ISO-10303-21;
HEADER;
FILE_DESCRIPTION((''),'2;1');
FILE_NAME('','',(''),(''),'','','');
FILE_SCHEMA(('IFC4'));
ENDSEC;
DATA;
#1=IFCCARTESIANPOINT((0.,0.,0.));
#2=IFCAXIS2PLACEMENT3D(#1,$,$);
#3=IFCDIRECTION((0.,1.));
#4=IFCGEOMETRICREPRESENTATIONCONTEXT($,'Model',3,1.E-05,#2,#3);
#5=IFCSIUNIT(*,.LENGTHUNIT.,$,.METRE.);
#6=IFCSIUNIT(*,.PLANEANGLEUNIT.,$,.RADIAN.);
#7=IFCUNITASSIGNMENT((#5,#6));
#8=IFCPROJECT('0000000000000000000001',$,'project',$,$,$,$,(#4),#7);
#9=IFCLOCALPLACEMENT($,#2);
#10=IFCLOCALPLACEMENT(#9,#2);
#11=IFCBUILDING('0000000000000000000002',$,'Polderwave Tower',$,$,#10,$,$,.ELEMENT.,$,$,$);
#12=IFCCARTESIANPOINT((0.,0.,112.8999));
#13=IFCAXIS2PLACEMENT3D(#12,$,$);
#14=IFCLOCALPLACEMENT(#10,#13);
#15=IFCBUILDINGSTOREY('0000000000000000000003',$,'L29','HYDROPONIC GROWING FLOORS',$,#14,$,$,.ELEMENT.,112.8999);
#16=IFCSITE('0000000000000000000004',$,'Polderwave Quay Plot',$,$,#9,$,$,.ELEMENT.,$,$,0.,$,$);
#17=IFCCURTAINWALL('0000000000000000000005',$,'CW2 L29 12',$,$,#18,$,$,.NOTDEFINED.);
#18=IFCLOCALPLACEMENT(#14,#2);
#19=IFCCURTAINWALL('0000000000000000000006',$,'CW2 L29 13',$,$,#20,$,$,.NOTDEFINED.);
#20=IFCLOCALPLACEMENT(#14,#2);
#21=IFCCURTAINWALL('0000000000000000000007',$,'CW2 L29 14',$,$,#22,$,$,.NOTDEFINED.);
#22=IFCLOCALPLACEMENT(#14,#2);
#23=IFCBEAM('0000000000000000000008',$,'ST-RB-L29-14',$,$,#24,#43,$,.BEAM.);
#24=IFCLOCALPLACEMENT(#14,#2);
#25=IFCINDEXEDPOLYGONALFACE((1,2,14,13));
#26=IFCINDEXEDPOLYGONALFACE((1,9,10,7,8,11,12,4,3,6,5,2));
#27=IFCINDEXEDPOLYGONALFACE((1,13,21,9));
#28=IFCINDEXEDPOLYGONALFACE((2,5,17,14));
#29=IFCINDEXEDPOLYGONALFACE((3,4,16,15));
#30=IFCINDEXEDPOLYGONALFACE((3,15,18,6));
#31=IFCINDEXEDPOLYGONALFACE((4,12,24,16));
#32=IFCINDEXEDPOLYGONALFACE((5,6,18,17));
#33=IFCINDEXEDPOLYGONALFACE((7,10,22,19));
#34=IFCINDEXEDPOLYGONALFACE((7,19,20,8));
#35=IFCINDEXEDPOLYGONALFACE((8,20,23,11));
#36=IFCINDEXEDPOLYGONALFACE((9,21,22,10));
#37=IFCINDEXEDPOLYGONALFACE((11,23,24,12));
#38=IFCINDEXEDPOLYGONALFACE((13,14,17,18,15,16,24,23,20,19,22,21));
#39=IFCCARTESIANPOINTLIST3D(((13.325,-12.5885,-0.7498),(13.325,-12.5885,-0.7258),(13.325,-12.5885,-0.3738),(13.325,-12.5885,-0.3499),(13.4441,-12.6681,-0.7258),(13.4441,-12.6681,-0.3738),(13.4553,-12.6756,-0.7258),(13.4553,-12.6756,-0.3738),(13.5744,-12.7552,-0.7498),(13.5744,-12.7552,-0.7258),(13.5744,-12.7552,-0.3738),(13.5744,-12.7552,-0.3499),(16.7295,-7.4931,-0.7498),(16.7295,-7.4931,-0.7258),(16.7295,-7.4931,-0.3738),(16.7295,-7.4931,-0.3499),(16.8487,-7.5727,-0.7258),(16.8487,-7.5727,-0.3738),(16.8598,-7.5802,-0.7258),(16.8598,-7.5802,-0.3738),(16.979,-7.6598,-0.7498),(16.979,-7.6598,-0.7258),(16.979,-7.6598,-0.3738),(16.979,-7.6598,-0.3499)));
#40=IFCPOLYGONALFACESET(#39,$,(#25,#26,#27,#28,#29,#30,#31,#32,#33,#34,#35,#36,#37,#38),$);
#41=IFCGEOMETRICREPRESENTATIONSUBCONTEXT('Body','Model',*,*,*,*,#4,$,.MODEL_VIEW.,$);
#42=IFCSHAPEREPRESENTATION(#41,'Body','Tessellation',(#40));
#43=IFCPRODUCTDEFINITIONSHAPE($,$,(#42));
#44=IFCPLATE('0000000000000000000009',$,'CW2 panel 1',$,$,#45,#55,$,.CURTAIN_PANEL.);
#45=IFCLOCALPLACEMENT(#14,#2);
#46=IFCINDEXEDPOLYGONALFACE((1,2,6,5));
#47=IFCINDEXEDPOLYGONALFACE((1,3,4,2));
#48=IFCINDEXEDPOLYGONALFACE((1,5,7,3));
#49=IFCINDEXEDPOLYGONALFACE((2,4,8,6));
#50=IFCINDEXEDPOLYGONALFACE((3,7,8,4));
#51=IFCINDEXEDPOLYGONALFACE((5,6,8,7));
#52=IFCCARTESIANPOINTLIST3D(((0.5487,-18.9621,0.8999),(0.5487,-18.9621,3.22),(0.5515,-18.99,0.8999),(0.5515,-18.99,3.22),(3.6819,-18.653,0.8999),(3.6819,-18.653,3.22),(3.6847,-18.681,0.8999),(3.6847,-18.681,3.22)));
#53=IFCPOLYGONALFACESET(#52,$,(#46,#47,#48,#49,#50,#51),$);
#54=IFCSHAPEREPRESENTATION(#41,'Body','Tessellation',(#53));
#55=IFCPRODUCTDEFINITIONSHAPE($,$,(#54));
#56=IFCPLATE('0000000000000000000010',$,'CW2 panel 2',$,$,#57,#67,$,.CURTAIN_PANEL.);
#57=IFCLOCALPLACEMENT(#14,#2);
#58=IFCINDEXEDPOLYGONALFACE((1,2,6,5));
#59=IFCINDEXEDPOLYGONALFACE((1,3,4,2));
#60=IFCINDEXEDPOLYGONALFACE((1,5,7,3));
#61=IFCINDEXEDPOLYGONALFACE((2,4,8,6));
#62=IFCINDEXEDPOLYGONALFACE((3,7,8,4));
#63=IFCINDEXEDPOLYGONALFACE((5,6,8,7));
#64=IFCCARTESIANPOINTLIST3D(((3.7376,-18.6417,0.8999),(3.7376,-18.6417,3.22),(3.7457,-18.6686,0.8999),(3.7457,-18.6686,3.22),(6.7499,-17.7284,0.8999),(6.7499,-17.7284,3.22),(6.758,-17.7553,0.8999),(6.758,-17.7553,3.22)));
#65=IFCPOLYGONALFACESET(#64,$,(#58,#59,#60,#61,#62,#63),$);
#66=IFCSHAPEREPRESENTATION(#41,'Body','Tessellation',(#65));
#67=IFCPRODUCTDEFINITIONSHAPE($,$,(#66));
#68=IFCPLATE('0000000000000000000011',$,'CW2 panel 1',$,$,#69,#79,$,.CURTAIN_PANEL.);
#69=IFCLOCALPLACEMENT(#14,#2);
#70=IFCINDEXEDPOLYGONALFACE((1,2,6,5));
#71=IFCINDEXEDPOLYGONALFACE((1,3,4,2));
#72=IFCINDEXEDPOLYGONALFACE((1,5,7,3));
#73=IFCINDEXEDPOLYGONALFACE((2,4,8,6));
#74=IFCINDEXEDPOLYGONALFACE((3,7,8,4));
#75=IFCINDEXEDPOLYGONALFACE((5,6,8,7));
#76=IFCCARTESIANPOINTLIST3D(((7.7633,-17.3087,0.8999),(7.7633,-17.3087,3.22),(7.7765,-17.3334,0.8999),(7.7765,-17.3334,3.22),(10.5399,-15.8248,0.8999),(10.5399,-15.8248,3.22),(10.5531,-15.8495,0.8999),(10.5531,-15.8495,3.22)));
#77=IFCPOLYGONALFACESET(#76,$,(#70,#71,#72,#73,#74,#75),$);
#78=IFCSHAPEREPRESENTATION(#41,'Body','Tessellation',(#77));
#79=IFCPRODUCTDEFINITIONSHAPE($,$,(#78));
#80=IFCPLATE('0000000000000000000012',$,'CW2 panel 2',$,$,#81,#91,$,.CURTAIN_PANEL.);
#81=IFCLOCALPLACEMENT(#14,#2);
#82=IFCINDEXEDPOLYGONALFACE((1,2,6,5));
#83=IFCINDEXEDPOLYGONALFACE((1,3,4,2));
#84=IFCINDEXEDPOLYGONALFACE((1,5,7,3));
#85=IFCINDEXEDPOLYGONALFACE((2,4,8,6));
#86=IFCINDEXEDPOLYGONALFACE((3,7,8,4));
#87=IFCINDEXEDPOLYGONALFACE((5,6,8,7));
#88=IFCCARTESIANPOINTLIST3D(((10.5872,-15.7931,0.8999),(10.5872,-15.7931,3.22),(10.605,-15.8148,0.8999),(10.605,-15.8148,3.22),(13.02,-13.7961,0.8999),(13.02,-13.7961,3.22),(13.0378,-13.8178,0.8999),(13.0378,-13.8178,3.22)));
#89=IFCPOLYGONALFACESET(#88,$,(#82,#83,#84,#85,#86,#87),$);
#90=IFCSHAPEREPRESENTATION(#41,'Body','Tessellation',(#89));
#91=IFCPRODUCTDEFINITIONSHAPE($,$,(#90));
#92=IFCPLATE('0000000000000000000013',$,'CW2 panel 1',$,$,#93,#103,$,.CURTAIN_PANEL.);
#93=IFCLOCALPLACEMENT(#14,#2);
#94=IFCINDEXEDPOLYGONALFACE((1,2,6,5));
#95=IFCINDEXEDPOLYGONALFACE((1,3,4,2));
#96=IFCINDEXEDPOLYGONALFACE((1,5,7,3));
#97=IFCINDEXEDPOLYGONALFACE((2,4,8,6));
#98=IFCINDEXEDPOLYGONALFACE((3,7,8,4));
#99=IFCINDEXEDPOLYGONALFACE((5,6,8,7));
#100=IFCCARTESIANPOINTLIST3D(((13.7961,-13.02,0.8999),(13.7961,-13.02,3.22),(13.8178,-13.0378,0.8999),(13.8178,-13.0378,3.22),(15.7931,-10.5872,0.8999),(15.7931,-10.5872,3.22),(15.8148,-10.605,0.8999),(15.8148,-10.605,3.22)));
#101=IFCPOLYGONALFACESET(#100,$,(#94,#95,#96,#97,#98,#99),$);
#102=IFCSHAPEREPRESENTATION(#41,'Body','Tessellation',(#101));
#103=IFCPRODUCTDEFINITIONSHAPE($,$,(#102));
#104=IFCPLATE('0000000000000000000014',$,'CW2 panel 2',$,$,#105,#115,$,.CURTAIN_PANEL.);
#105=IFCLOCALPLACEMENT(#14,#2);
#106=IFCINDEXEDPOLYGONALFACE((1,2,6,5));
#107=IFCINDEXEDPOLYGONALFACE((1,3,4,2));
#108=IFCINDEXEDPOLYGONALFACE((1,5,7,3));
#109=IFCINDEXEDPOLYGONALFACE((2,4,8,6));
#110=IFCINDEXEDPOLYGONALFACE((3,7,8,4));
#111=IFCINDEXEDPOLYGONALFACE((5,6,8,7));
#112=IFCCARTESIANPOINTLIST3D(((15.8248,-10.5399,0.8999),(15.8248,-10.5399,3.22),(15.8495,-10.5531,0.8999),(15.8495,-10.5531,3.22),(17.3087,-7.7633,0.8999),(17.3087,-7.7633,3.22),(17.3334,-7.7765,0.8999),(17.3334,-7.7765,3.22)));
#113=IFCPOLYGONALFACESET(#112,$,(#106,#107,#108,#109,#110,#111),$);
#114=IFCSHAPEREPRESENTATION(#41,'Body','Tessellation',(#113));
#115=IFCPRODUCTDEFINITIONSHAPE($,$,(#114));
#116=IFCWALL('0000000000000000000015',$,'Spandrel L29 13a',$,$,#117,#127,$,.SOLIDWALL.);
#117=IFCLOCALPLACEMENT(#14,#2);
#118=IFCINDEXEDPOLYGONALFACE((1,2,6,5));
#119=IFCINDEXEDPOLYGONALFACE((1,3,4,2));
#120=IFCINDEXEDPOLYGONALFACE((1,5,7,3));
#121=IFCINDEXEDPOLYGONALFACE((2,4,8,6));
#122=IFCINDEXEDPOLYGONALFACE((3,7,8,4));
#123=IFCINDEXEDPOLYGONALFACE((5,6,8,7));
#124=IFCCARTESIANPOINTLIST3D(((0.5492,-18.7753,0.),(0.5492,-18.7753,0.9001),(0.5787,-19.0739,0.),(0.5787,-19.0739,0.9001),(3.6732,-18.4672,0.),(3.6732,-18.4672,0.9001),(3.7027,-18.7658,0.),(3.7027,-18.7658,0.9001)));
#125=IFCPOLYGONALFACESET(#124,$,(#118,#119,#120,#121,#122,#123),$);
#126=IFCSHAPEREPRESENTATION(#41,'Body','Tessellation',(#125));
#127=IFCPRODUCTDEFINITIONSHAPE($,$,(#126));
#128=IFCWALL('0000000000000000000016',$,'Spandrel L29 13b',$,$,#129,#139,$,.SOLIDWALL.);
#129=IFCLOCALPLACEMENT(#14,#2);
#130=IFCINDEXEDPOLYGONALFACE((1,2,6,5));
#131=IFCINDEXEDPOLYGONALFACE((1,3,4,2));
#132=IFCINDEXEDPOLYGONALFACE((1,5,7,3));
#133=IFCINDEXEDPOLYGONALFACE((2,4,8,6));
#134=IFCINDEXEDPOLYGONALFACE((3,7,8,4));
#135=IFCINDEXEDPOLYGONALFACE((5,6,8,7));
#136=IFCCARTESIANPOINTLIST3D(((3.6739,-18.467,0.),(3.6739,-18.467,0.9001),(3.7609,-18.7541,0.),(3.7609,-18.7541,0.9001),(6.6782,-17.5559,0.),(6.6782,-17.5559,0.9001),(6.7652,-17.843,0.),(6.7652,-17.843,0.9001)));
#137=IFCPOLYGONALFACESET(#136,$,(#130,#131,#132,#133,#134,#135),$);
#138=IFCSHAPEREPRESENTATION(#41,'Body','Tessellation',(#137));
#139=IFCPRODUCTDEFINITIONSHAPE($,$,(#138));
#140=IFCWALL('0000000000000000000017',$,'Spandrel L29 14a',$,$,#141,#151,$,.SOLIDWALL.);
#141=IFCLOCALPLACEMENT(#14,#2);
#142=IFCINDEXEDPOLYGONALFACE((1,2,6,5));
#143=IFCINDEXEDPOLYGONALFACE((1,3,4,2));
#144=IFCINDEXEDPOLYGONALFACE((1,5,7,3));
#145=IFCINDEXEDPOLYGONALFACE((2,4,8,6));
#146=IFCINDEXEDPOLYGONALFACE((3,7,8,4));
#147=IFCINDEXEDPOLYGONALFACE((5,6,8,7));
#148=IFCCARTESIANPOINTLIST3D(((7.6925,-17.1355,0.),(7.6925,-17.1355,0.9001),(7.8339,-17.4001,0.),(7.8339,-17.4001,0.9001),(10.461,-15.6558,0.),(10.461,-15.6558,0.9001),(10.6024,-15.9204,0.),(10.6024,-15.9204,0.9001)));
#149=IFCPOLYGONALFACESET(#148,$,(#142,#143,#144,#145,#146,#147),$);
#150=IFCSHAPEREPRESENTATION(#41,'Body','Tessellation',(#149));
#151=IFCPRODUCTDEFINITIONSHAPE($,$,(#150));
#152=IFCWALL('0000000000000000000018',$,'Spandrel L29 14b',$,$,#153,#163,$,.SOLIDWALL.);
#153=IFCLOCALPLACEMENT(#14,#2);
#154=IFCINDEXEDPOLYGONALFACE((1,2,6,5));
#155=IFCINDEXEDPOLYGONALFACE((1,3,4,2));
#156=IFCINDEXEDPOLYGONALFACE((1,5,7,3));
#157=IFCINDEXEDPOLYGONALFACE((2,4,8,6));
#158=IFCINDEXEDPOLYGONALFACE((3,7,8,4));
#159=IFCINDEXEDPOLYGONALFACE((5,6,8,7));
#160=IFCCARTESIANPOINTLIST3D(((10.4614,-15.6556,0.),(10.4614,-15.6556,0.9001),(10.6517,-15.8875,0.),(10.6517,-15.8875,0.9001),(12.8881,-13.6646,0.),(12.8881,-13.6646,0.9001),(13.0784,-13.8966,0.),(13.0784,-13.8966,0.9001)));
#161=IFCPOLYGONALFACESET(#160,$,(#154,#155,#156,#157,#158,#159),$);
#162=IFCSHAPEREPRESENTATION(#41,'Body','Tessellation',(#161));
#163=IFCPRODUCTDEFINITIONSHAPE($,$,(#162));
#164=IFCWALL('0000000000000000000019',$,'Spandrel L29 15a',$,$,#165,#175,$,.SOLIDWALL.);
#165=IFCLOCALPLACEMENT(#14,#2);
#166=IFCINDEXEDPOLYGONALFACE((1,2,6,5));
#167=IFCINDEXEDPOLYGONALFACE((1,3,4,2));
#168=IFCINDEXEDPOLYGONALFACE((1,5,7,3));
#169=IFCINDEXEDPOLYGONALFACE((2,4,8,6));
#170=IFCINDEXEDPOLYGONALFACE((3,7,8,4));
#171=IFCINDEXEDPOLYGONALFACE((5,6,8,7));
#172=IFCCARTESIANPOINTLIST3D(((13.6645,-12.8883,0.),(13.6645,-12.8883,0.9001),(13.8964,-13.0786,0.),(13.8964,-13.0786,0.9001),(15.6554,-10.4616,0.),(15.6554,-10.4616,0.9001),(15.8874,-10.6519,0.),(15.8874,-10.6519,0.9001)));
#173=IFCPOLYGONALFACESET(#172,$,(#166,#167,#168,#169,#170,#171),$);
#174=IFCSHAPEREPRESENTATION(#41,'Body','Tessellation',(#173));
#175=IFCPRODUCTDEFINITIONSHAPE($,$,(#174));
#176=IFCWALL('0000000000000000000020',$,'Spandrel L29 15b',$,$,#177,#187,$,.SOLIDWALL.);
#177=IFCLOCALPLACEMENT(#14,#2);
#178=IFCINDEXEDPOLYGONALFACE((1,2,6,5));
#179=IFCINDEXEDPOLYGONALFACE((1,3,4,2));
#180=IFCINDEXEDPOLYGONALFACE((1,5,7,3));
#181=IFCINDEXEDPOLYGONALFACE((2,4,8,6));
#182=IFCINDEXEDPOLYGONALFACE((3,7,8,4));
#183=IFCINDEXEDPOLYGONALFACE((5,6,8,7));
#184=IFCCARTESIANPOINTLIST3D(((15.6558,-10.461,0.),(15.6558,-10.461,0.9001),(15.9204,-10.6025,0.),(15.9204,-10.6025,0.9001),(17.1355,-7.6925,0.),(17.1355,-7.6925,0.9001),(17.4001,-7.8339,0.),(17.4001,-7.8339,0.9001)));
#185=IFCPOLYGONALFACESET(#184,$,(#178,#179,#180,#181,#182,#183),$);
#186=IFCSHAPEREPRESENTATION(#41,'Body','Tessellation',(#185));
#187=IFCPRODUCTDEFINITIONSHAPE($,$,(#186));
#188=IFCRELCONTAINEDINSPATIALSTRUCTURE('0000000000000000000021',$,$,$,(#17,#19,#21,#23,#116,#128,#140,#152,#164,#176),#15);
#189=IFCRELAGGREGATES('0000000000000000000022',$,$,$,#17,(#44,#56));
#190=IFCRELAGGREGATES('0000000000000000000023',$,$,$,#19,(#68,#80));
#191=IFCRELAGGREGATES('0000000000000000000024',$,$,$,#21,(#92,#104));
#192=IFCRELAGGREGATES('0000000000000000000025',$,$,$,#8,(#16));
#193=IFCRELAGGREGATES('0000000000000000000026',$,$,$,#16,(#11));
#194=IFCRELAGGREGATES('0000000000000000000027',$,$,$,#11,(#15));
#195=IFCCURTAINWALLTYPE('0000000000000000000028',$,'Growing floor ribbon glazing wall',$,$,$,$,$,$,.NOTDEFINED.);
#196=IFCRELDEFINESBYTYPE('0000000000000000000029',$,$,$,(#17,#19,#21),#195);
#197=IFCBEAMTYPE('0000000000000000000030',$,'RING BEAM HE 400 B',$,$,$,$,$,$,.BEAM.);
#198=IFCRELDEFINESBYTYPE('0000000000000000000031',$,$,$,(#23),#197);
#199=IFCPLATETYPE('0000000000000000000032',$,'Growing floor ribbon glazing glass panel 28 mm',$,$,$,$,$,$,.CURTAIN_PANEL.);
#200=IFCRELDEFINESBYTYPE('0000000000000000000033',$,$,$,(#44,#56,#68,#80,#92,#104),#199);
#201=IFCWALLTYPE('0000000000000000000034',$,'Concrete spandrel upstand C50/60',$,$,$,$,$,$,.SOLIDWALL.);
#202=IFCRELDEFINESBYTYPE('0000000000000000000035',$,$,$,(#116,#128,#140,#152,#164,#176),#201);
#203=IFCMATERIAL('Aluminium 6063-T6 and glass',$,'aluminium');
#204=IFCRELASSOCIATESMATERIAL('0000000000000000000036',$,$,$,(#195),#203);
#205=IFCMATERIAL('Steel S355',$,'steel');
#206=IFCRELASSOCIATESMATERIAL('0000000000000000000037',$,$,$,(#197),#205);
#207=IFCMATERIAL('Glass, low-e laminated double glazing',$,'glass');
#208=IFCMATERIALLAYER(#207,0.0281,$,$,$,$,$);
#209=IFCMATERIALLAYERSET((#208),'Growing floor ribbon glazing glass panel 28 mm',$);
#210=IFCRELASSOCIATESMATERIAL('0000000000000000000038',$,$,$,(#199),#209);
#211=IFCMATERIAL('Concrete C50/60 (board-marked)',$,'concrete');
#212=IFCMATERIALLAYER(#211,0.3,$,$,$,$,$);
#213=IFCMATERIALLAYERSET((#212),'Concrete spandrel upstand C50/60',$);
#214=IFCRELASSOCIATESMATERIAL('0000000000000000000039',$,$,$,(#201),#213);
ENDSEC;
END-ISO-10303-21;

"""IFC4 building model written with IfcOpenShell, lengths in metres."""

from ifc_helpers import new_model, si_unit, direction, frame, frame_2d, origin, origin_2d, place, context, subcontext, project, spatial, rectangle, i_section, extrude, material, layer, layer_set, material_profile, profile_set, type_object, element, aggregate, save


model = new_model("IFC4")

# Units and contexts
model_context = context("Model", 3, precision=1e-05, world=origin(), true_north=direction((0.0, 1.0)))
body_context = subcontext(model_context, "Body", "Model", "MODEL_VIEW")
ifc_project = project(units=[si_unit("LENGTHUNIT", "METRE"), si_unit("PLANEANGLEUNIT", "RADIAN")], contexts=[model_context])

# Site, building, storey
site_placement = place(None, origin())
site = spatial("IfcSite", under=ifc_project, at=site_placement, Name="Polderwave Quay Plot", CompositionType="ELEMENT", RefElevation=0.0)
building_placement = place(site_placement, origin())
building = spatial("IfcBuilding", under=site, at=building_placement, Name="Polderwave Tower", CompositionType="ELEMENT")
storey_placement = place(building_placement, frame((0.0, 0.0, 112.8999)))
storey = spatial("IfcBuildingStorey", under=building, at=storey_placement, Name="L29", Description="HYDROPONIC GROWING FLOORS", CompositionType="ELEMENT", Elevation=112.8999)

# Curtain walls
ifc_material_1 = material(Name="Aluminium 6063-T6 and glass", Category="aluminium")
curtain_wall_type = type_object("IfcCurtainWallType", Name="Growing floor ribbon glazing wall", PredefinedType="NOTDEFINED", material=ifc_material_1)
curtain_wall_1_placement = place(storey_placement, origin())
curtain_wall_1 = element("IfcCurtainWall", 1, at=curtain_wall_1_placement, inside=storey, type_object=curtain_wall_type, Name="CW2 L29 12", PredefinedType="NOTDEFINED")
curtain_wall_2_placement = place(storey_placement, origin())
curtain_wall_2 = element("IfcCurtainWall", 2, at=curtain_wall_2_placement, inside=storey, type_object=curtain_wall_type, Name="CW2 L29 13", PredefinedType="NOTDEFINED")
curtain_wall_3_placement = place(storey_placement, origin())
curtain_wall_3 = element("IfcCurtainWall", 3, at=curtain_wall_3_placement, inside=storey, type_object=curtain_wall_type, Name="CW2 L29 14", PredefinedType="NOTDEFINED")

# Beam
ifc_material_2 = material(Name="Steel S355", Category="steel")
ifc_material_profile_1 = material_profile(ifc_material_2, i_section(OverallWidth=0.3, OverallDepth=0.3999, WebThickness=0.0134, FlangeThickness=0.0239, at=origin_2d()), Name="HE 400 B")
ifc_profile_set_1 = profile_set([ifc_material_profile_1], Name="Steel S355")
beam_type = type_object("IfcBeamType", Name="RING BEAM HE 400 B", PredefinedType="BEAM", material=ifc_profile_set_1)
for number, where, z_axis, x_axis, name in (
    (4, (13.4497, -12.6719, -0.5498), (0.555555, 0.83148, 0.0), (-0.83148, 0.555555, 0.0), "ST-RB-L29-14"),
):
    element("IfcBeam", number, at=place(storey_placement, frame(where, z_axis=z_axis, x_axis=x_axis)), inside=storey, type_object=beam_type, Name=name, PredefinedType="BEAM", context=body_context, shape_type="SweptSolid", body=[
        extrude(i_section(OverallWidth=0.3, OverallDepth=0.3999, WebThickness=0.0134, FlangeThickness=0.0239, at=origin_2d()), origin(), (0.0, 0.0, 1.0), 6.1282),
    ])

# Plates
ifc_material_3 = material(Name="Glass, low-e laminated double glazing", Category="glass")
ifc_layer_1 = layer(ifc_material_3, 0.0281)
ifc_layer_set_1 = layer_set([ifc_layer_1], Name="Growing floor ribbon glazing glass panel 28 mm")
plate_type = type_object("IfcPlateType", Name="Growing floor ribbon glazing glass panel 28 mm", PredefinedType="CURTAIN_PANEL", material=ifc_layer_set_1)
plate_1_placement = place(storey_placement, frame((2.1167, -18.8215, 0.8999), z_axis=(0.0, 0.0, 1.0), x_axis=(0.99517, 0.098165, 0.0)))
plate_1 = element("IfcPlate", 5, at=plate_1_placement, type_object=plate_type, Name="CW2 panel 1", PredefinedType="CURTAIN_PANEL", context=body_context, shape_type="SweptSolid", body=[
    extrude(rectangle(XDim=3.1484, YDim=0.0281, at=origin_2d()), origin(), (0.0, 0.0, 1.0), 2.3201),
])
plate_2_placement = place(storey_placement, frame((5.2478, -18.1985, 0.8999), z_axis=(0.0, 0.0, 1.0), x_axis=(0.956982, 0.290148, 0.0)))
plate_2 = element("IfcPlate", 6, at=plate_2_placement, type_object=plate_type, Name="CW2 panel 2", PredefinedType="CURTAIN_PANEL", context=body_context, shape_type="SweptSolid", body=[
    extrude(rectangle(XDim=3.1477, YDim=0.0281, at=origin_2d()), origin(), (0.0, 0.0, 1.0), 2.3201),
])
aggregate(curtain_wall_1, [plate_1, plate_2])
plate_3_placement = place(storey_placement, frame((9.1582, -16.5791, 0.8999), z_axis=(0.0, 0.0, 1.0), x_axis=(0.881952, 0.47134, 0.0)))
plate_3 = element("IfcPlate", 7, at=plate_3_placement, type_object=plate_type, Name="CW2 panel 1", PredefinedType="CURTAIN_PANEL", context=body_context, shape_type="SweptSolid", body=[
    extrude(rectangle(XDim=3.1482, YDim=0.0281, at=origin_2d()), origin(), (0.0, 0.0, 1.0), 2.3201),
])
plate_4_placement = place(storey_placement, frame((11.8125, -14.8054, 0.8999), z_axis=(0.0, 0.0, 1.0), x_axis=(0.772946, 0.634472, 0.0)))
plate_4 = element("IfcPlate", 8, at=plate_4_placement, type_object=plate_type, Name="CW2 panel 2", PredefinedType="CURTAIN_PANEL", context=body_context, shape_type="SweptSolid", body=[
    extrude(rectangle(XDim=3.1475, YDim=0.0281, at=origin_2d()), origin(), (0.0, 0.0, 1.0), 2.3201),
])
aggregate(curtain_wall_2, [plate_3, plate_4])
plate_5_placement = place(storey_placement, frame((14.8054, -11.8125, 0.8999), z_axis=(0.0, 0.0, 1.0), x_axis=(0.634472, 0.772946, 0.0)))
plate_5 = element("IfcPlate", 9, at=plate_5_placement, type_object=plate_type, Name="CW2 panel 1", PredefinedType="CURTAIN_PANEL", context=body_context, shape_type="SweptSolid", body=[
    extrude(rectangle(XDim=3.1475, YDim=0.0281, at=origin_2d()), origin(), (0.0, 0.0, 1.0), 2.3201),
])
plate_6_placement = place(storey_placement, frame((16.5791, -9.1582, 0.8999), z_axis=(0.0, 0.0, 1.0), x_axis=(0.47134, 0.881952, 0.0)))
plate_6 = element("IfcPlate", 10, at=plate_6_placement, type_object=plate_type, Name="CW2 panel 2", PredefinedType="CURTAIN_PANEL", context=body_context, shape_type="SweptSolid", body=[
    extrude(rectangle(XDim=3.1482, YDim=0.0281, at=origin_2d()), origin(), (0.0, 0.0, 1.0), 2.3201),
])
aggregate(curtain_wall_3, [plate_5, plate_6])

# Walls
ifc_material_4 = material(Name="Concrete C50/60 (board-marked)", Category="concrete")
ifc_layer_2 = layer(ifc_material_4, 0.3)
ifc_layer_set_2 = layer_set([ifc_layer_2], Name="Concrete spandrel upstand C50/60")
wall_type_1 = type_object("IfcWallType", Name="Concrete spandrel upstand C50/60", PredefinedType="SOLIDWALL", material=ifc_layer_set_2)
wall_1_placement = place(storey_placement, frame((0.564, -18.9246, 0.0), z_axis=(0.0, 0.0, 1.0), x_axis=(0.995172, 0.098148, 0.0)))
element("IfcWall", 11, at=wall_1_placement, inside=storey, type_object=wall_type_1, Name="Spandrel L29 13a", PredefinedType="SOLIDWALL", context=body_context, shape_type="SweptSolid", body=[
    extrude(rectangle(XDim=3.1392, YDim=0.3, at=frame_2d((1.5696, 0.0))), origin(), (0.0, 0.0, 1.0), 0.9001),
])
wall_2_placement = place(storey_placement, frame((3.7173, -18.6106, 0.0), z_axis=(0.0, 0.0, 1.0), x_axis=(0.956962, 0.290215, 0.0)))
element("IfcWall", 12, at=wall_2_placement, inside=storey, type_object=wall_type_1, Name="Spandrel L29 13b", PredefinedType="SOLIDWALL", context=body_context, shape_type="SweptSolid", body=[
    extrude(rectangle(XDim=3.1394, YDim=0.3, at=frame_2d((1.5698, 0.0))), origin(), (0.0, 0.0, 1.0), 0.9001),
])
wall_3_placement = place(storey_placement, frame((7.7632, -17.2678, 0.0), z_axis=(0.0, 0.0, 1.0), x_axis=(0.881933, 0.471375, 0.0)))
element("IfcWall", 13, at=wall_3_placement, inside=storey, type_object=wall_type_1, Name="Spandrel L29 14a", PredefinedType="SOLIDWALL", context=body_context, shape_type="SweptSolid", body=[
    extrude(rectangle(XDim=3.1392, YDim=0.3, at=frame_2d((1.5696, 0.0))), origin(), (0.0, 0.0, 1.0), 0.9001),
])
for number, where, z_axis, x_axis, name in (
    (14, (10.5566, -15.7715, 0.0), (0.0, 0.0, 1.0), (0.773108, 0.634275, 0.0), "Spandrel L29 14b"),
    (15, (13.7805, -12.9834, 0.0), (0.0, 0.0, 1.0), (0.634275, 0.773108, 0.0), "Spandrel L29 15a"),
):
    element("IfcWall", number, at=place(storey_placement, frame(where, z_axis=z_axis, x_axis=x_axis)), inside=storey, type_object=wall_type_1, Name=name, PredefinedType="SOLIDWALL", context=body_context, shape_type="SweptSolid", body=[
        extrude(rectangle(XDim=3.1389, YDim=0.3, at=frame_2d((1.5693, 0.0))), origin(), (0.0, 0.0, 1.0), 0.9001),
    ])
wall_4_placement = place(storey_placement, frame((15.7881, -10.5317, 0.0), z_axis=(0.0, 0.0, 1.0), x_axis=(0.471375, 0.881933, 0.0)))
element("IfcWall", 16, at=wall_4_placement, inside=storey, type_object=wall_type_1, Name="Spandrel L29 15b", PredefinedType="SOLIDWALL", context=body_context, shape_type="SweptSolid", body=[
    extrude(rectangle(XDim=3.1392, YDim=0.3, at=frame_2d((1.5696, 0.0))), origin(), (0.0, 0.0, 1.0), 0.9001),
])

save(model, "model.ifc")
